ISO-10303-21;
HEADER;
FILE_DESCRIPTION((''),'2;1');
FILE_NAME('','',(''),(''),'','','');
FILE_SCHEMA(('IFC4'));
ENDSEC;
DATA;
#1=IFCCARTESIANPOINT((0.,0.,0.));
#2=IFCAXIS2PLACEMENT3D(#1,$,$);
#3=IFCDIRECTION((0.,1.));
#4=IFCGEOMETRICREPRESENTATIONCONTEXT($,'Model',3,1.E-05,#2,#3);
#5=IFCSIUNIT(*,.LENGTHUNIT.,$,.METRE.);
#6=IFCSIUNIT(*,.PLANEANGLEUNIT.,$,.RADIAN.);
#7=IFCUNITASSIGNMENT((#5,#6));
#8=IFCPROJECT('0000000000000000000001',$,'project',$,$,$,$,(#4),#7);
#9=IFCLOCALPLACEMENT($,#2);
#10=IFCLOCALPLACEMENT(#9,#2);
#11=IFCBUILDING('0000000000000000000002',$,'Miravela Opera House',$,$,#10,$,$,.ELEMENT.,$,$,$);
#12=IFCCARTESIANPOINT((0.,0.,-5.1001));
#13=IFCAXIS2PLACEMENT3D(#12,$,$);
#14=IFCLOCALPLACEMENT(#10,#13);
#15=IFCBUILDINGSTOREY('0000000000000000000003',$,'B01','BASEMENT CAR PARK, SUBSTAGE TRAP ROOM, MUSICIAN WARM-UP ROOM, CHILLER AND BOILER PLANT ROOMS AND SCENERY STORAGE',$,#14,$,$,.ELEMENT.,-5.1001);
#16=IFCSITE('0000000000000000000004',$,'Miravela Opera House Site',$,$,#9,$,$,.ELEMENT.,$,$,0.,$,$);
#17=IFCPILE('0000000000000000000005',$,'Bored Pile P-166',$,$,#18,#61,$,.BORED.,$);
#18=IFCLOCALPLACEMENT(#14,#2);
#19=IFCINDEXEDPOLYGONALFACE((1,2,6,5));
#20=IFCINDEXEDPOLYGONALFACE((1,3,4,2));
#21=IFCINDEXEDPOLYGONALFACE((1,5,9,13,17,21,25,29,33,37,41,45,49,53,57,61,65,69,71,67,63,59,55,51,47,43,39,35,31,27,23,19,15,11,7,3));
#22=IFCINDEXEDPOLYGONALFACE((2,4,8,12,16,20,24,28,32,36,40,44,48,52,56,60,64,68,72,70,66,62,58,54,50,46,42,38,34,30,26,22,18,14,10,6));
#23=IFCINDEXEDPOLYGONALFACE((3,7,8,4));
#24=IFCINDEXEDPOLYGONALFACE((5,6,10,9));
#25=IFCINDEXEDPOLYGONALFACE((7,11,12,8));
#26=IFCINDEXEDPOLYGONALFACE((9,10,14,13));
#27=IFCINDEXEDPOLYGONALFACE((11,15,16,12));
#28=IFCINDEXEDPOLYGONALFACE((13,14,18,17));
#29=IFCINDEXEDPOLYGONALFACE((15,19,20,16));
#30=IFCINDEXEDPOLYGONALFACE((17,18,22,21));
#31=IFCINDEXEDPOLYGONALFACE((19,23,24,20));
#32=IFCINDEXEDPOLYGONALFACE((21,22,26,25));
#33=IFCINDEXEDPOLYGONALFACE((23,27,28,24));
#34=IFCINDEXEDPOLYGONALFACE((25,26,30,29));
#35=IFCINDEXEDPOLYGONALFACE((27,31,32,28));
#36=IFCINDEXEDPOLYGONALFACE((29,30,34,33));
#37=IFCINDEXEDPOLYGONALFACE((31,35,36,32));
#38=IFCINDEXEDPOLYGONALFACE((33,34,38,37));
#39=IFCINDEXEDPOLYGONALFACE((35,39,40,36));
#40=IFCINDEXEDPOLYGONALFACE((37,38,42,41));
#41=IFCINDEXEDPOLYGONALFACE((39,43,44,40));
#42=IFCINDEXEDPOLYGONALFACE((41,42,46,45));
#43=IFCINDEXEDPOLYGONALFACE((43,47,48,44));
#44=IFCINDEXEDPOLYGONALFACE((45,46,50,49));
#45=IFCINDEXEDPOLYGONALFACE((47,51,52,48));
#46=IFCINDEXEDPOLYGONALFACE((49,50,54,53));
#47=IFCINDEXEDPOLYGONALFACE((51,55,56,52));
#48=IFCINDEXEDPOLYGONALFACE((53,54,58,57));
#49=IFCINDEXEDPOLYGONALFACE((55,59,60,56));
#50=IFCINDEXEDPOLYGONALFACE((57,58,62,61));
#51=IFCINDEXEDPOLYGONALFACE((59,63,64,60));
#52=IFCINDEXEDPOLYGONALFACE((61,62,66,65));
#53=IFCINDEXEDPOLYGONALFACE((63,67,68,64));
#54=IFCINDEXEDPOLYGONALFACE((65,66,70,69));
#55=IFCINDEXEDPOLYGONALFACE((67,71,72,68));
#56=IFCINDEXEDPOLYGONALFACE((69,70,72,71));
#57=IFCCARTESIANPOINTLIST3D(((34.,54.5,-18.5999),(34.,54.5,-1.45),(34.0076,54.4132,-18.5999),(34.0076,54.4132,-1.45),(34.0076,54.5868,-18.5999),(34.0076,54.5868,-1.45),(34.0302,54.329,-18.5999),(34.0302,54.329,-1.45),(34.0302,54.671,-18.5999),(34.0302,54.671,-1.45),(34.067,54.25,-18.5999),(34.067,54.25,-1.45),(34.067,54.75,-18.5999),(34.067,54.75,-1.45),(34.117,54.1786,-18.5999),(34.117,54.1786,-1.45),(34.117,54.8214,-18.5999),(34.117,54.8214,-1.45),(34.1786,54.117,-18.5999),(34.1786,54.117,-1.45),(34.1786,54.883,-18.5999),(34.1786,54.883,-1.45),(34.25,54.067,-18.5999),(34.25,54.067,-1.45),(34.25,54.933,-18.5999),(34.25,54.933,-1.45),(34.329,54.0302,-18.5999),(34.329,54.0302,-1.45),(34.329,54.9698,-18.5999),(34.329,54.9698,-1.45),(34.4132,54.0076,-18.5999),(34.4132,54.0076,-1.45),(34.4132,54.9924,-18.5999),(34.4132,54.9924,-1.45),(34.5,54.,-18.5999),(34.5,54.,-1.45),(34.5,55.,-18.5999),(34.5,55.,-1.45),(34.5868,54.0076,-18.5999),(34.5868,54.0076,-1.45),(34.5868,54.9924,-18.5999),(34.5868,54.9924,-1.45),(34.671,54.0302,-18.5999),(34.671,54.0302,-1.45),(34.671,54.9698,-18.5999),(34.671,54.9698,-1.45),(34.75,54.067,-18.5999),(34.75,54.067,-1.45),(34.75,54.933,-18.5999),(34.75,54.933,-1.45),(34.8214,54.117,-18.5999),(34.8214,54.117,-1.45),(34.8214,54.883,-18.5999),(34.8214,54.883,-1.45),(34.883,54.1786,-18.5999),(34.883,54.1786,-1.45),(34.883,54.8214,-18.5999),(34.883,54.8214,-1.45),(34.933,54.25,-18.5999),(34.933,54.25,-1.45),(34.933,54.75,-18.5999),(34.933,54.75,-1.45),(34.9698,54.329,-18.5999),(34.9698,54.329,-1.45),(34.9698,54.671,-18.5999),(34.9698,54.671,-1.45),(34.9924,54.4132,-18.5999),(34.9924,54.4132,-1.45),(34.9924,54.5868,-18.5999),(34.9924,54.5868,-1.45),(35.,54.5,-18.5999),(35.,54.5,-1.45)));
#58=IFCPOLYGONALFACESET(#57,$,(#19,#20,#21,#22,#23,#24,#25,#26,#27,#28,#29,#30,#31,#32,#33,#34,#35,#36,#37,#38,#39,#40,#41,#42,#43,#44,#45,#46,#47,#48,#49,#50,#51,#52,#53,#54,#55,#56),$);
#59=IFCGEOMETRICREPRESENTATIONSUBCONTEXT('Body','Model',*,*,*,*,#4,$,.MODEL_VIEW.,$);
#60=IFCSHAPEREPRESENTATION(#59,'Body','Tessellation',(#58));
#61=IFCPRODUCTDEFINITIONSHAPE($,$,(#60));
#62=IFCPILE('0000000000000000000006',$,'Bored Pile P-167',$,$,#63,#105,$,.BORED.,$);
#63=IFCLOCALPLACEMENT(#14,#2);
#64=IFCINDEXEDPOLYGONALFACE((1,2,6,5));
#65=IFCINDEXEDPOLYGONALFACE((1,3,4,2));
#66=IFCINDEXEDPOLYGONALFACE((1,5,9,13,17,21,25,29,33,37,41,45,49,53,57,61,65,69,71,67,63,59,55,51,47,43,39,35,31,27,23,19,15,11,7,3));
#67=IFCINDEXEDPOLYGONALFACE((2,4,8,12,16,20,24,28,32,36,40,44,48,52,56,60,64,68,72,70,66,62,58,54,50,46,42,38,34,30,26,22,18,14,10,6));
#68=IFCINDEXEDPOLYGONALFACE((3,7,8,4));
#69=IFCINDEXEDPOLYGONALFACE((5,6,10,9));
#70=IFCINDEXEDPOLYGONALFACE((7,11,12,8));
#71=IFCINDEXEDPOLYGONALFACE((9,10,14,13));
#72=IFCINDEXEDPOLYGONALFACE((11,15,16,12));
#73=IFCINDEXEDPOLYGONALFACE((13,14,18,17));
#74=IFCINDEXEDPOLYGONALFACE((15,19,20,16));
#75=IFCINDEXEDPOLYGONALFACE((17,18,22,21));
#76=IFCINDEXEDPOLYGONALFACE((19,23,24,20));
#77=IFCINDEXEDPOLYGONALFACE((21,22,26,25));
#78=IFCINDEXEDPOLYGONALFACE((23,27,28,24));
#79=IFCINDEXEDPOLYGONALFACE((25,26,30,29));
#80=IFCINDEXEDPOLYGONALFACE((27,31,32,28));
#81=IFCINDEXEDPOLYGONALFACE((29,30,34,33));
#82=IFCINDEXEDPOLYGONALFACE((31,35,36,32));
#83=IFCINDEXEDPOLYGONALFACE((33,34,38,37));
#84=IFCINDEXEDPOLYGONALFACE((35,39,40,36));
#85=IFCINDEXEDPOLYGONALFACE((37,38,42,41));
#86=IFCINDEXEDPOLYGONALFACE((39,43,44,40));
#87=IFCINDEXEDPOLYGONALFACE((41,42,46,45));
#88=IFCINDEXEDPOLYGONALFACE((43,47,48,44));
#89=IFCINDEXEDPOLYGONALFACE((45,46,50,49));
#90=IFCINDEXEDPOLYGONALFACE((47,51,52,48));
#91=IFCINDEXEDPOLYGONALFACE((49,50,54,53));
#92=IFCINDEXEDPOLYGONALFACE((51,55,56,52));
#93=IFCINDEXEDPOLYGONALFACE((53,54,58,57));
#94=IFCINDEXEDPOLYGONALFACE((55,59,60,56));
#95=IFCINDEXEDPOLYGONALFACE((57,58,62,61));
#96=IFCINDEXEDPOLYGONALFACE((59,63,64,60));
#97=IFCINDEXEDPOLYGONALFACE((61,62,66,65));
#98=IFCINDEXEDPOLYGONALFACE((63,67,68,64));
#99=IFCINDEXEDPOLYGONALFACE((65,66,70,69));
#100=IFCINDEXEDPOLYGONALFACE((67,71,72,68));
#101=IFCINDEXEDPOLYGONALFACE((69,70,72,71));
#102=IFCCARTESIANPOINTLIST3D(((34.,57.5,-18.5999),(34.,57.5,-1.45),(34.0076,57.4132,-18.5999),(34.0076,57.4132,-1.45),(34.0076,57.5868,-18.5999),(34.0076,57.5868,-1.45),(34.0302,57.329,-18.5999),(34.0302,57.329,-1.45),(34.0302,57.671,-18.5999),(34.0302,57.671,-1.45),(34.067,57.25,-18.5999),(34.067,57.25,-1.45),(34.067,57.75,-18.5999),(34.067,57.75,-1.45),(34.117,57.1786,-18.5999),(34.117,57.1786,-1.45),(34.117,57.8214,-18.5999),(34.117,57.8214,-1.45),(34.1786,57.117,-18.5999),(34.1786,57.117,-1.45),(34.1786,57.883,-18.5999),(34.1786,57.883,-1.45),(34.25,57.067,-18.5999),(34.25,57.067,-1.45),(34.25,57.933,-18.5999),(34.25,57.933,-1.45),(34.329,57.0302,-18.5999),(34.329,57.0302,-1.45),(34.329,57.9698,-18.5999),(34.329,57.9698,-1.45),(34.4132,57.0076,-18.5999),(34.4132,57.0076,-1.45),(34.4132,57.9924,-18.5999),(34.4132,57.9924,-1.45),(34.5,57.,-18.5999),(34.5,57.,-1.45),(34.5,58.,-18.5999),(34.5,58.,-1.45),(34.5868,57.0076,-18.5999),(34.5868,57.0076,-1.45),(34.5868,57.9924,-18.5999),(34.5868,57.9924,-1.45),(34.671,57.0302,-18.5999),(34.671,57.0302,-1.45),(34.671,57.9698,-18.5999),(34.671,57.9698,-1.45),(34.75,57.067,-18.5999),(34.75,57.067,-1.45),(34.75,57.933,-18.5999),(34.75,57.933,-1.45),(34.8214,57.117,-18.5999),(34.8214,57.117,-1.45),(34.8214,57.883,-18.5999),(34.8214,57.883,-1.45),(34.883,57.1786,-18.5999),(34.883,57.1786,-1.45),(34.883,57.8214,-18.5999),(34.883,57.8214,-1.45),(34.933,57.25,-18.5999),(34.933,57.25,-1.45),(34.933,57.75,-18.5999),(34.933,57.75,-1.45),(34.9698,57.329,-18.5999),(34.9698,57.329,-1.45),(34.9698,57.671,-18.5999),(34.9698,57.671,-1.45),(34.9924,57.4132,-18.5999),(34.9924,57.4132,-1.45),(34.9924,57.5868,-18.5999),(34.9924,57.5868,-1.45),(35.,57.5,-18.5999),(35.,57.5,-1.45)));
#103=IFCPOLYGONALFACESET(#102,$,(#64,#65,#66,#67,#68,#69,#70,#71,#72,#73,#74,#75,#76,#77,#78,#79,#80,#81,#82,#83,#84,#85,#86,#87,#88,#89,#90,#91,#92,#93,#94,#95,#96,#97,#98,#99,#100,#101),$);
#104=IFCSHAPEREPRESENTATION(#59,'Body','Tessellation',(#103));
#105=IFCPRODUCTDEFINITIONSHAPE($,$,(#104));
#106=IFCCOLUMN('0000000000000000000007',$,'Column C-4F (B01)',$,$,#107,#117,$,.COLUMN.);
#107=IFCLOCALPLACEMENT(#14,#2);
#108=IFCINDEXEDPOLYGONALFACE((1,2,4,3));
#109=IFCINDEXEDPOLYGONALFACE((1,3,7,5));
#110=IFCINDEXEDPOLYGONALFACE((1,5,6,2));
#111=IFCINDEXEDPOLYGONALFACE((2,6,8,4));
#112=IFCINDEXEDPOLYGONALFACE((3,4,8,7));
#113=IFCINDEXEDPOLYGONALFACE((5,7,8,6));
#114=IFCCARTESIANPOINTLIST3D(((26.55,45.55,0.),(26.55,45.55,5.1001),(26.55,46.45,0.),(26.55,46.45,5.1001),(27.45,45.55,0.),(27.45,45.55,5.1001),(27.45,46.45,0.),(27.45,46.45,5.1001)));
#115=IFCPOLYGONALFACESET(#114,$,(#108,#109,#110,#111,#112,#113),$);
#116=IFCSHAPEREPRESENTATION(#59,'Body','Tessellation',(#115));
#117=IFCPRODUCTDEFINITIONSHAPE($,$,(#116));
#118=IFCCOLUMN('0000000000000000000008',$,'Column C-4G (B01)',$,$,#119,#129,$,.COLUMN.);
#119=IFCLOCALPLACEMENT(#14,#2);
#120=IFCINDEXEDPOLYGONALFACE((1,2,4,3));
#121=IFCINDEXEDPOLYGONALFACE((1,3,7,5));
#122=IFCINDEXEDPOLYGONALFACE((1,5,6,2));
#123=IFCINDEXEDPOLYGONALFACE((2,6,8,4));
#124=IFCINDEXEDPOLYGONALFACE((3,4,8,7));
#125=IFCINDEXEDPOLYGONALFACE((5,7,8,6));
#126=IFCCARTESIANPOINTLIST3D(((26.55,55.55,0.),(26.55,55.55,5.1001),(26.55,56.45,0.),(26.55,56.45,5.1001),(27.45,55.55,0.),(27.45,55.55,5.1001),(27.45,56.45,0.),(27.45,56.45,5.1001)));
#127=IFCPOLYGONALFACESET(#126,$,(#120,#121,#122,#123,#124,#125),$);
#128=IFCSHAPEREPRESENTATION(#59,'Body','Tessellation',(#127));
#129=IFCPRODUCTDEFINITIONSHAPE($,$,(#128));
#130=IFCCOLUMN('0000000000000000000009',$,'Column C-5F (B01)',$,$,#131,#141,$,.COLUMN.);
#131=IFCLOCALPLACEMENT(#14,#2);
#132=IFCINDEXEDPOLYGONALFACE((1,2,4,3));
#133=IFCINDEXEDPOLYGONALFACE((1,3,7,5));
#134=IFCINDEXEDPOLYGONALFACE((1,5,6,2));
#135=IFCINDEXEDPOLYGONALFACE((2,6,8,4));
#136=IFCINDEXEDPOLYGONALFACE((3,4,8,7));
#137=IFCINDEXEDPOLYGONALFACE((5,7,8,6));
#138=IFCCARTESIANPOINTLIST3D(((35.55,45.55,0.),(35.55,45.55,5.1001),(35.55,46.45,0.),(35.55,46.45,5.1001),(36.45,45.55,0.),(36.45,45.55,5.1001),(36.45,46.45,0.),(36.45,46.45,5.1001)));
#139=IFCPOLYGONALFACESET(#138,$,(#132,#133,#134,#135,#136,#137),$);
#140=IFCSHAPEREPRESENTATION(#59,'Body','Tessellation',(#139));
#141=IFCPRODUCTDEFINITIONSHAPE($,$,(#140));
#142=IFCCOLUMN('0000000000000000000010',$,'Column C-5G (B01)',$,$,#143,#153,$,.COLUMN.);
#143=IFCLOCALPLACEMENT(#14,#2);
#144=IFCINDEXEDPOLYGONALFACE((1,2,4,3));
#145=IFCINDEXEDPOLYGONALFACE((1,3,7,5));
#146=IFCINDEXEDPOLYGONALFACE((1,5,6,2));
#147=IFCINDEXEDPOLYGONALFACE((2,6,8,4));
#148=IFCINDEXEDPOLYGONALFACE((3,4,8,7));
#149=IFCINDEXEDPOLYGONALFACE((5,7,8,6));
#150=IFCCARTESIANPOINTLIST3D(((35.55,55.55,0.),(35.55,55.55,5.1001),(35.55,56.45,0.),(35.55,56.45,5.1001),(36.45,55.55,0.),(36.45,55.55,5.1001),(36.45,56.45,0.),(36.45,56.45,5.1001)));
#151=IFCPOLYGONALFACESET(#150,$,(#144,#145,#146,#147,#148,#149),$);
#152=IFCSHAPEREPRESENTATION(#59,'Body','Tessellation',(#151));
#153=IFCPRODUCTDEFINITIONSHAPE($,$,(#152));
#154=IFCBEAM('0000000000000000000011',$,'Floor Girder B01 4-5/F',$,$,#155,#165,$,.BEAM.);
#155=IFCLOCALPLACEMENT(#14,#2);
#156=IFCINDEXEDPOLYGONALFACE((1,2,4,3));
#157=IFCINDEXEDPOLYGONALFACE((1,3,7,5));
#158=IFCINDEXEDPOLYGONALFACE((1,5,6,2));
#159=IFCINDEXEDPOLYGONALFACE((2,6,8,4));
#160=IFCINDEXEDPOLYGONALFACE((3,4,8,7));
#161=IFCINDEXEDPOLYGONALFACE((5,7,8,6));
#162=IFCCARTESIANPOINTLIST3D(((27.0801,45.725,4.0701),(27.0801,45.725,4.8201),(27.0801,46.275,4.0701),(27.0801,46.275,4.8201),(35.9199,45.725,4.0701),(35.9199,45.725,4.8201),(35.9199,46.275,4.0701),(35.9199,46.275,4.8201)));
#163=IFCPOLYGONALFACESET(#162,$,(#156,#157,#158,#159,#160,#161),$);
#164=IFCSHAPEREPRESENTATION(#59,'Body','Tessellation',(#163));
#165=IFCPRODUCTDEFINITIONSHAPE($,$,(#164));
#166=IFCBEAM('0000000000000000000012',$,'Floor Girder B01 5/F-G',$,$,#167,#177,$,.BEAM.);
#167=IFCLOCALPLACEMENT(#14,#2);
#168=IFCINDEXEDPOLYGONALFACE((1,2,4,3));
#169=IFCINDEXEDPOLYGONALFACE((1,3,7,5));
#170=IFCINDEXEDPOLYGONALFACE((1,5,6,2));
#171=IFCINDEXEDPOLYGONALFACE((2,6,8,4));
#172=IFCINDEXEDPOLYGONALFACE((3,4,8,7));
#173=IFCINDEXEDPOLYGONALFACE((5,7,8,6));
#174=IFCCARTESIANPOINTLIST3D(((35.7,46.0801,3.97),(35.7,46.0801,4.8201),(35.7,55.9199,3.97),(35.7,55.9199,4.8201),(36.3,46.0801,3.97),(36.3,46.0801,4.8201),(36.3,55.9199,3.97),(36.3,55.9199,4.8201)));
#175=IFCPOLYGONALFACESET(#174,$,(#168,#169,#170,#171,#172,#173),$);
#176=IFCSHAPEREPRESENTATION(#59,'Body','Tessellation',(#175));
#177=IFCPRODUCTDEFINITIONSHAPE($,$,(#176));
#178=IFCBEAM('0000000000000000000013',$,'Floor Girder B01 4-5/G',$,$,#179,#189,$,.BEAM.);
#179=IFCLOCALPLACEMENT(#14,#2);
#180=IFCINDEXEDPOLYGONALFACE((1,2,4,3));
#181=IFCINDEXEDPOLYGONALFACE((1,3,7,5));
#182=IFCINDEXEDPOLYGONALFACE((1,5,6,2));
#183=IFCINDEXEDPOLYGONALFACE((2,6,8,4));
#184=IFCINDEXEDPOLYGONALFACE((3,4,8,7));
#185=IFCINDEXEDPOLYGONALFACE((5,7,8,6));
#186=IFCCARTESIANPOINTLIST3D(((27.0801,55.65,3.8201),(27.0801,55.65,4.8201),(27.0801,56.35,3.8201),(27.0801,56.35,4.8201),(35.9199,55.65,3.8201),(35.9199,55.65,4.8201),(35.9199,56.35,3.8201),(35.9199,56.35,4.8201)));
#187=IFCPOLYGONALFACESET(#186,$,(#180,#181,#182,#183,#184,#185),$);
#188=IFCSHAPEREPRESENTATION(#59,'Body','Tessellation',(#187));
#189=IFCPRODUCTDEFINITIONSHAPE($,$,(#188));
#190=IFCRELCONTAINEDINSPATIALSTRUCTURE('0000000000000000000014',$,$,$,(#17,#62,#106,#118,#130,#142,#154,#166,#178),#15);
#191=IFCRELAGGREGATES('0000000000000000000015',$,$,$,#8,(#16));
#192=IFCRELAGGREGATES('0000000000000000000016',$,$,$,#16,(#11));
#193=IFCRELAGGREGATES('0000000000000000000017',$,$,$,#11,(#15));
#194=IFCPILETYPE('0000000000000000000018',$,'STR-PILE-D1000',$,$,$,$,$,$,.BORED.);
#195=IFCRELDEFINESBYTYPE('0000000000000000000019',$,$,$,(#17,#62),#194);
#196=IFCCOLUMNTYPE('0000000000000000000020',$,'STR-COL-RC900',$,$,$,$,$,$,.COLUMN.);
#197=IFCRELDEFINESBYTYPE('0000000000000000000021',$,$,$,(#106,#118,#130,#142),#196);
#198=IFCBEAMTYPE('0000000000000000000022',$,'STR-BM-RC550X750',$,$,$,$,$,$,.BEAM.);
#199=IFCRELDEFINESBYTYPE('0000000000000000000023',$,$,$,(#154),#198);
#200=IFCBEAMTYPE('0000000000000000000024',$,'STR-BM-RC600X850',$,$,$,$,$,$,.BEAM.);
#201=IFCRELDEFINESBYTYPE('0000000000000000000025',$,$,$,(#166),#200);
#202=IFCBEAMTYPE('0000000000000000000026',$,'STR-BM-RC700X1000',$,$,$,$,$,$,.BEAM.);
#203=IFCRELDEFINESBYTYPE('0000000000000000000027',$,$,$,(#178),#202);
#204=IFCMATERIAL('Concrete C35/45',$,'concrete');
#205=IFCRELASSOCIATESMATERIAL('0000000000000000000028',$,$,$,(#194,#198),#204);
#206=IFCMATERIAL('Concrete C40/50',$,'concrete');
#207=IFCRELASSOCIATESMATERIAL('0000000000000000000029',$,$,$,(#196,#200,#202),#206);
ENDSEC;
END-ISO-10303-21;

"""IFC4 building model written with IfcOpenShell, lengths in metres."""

from ifc_helpers import new_model, si_unit, direction, frame, origin, origin_2d, place, context, subcontext, project, spatial, rectangle, circle, extrude, material, material_profile, profile_set, type_object, element, save


model = new_model("IFC4")

# Units and contexts
model_context = context("Model", 3, precision=1e-05, world=origin(), true_north=direction((0.0, 1.0)))
body_context = subcontext(model_context, "Body", "Model", "MODEL_VIEW")
ifc_project = project(units=[si_unit("LENGTHUNIT", "METRE"), si_unit("PLANEANGLEUNIT", "RADIAN")], contexts=[model_context])

# Site, building, storey
site_placement = place(None, origin())
site = spatial("IfcSite", under=ifc_project, at=site_placement, Name="Miravela Opera House Site", CompositionType="ELEMENT", RefElevation=0.0)
building_placement = place(site_placement, origin())
building = spatial("IfcBuilding", under=site, at=building_placement, Name="Miravela Opera House", CompositionType="ELEMENT")
storey_placement = place(building_placement, frame((0.0, 0.0, -5.1001)))
storey = spatial("IfcBuildingStorey", under=building, at=storey_placement, Name="B01", Description="BASEMENT CAR PARK, SUBSTAGE TRAP ROOM, MUSICIAN WARM-UP ROOM, CHILLER AND BOILER PLANT ROOMS AND SCENERY STORAGE", CompositionType="ELEMENT", Elevation=-5.1001)

# Shared definitions
ifc_material_1 = material(Name="Concrete C35/45", Category="concrete")

# Piles
ifc_material_profile_1 = material_profile(ifc_material_1, circle(Radius=0.5, at=origin_2d()), Name="PILE-D1000")
ifc_profile_set_1 = profile_set([ifc_material_profile_1])
pile_type = type_object("IfcPileType", Name="STR-PILE-D1000", PredefinedType="BORED", material=ifc_profile_set_1)
for number, where, z_axis, x_axis, name in (
    (1, (34.5, 54.5, -1.45), (0.0, 0.0, -1.0), (1.0, 0.0, 0.0), "Bored Pile P-166"),
    (2, (34.5, 57.5, -1.45), (0.0, 0.0, -1.0), (1.0, 0.0, 0.0), "Bored Pile P-167"),
):
    element("IfcPile", number, at=place(storey_placement, frame(where, z_axis=z_axis, x_axis=x_axis)), inside=storey, type_object=pile_type, Name=name, PredefinedType="BORED", context=body_context, shape_type="SweptSolid", body=[
        extrude(circle(Radius=0.5, at=origin_2d()), origin(), (0.0, 0.0, 1.0), 17.1499),
    ])

# Columns
ifc_material_2 = material(Name="Concrete C40/50", Category="concrete")
ifc_material_profile_2 = material_profile(ifc_material_2, rectangle(XDim=0.8999, YDim=0.8999, at=origin_2d()), Name="RC-COL-900X900")
ifc_profile_set_2 = profile_set([ifc_material_profile_2])
column_type = type_object("IfcColumnType", Name="STR-COL-RC900", PredefinedType="COLUMN", material=ifc_profile_set_2)
for number, where, z_axis, x_axis, name in (
    (3, (27.0, 46.0, 0.0), (0.0, 0.0, 1.0), (1.0, 0.0, 0.0), "Column C-4F (B01)"),
    (4, (27.0, 56.0, 0.0), (0.0, 0.0, 1.0), (1.0, 0.0, 0.0), "Column C-4G (B01)"),
    (5, (36.0, 46.0, 0.0), (0.0, 0.0, 1.0), (1.0, 0.0, 0.0), "Column C-5F (B01)"),
    (6, (36.0, 56.0, 0.0), (0.0, 0.0, 1.0), (1.0, 0.0, 0.0), "Column C-5G (B01)"),
):
    element("IfcColumn", number, at=place(storey_placement, frame(where, z_axis=z_axis, x_axis=x_axis)), inside=storey, type_object=column_type, Name=name, PredefinedType="COLUMN", context=body_context, shape_type="SweptSolid", body=[
        extrude(rectangle(XDim=0.8999, YDim=0.8999, at=origin_2d()), origin(), (0.0, 0.0, 1.0), 5.1001),
    ])

# Beams
ifc_material_profile_3 = material_profile(ifc_material_1, rectangle(XDim=0.55, YDim=0.75, at=origin_2d()), Name="RC-BM-550X750")
ifc_profile_set_3 = profile_set([ifc_material_profile_3])
beam_type_1 = type_object("IfcBeamType", Name="STR-BM-RC550X750", PredefinedType="BEAM", material=ifc_profile_set_3)
beam_1_placement = place(storey_placement, frame((27.0801, 46.0, 4.4451), z_axis=(1.0, 0.0, 0.0), x_axis=(0.0, 1.0, 0.0)))
element("IfcBeam", 7, at=beam_1_placement, inside=storey, type_object=beam_type_1, Name="Floor Girder B01 4-5/F", PredefinedType="BEAM", context=body_context, shape_type="SweptSolid", body=[
    extrude(rectangle(XDim=0.55, YDim=0.75, at=origin_2d()), origin(), (0.0, 0.0, 1.0), 8.8398),
])
ifc_material_profile_4 = material_profile(ifc_material_2, rectangle(XDim=0.6001, YDim=0.8501, at=origin_2d()), Name="RC-BM-600X850")
ifc_profile_set_4 = profile_set([ifc_material_profile_4])
beam_type_2 = type_object("IfcBeamType", Name="STR-BM-RC600X850", PredefinedType="BEAM", material=ifc_profile_set_4)
beam_2_placement = place(storey_placement, frame((36.0, 46.0801, 4.395), z_axis=(0.0, 1.0, 0.0), x_axis=(-1.0, 0.0, 0.0)))
element("IfcBeam", 8, at=beam_2_placement, inside=storey, type_object=beam_type_2, Name="Floor Girder B01 5/F-G", PredefinedType="BEAM", context=body_context, shape_type="SweptSolid", body=[
    extrude(rectangle(XDim=0.6001, YDim=0.8501, at=origin_2d()), origin(), (0.0, 0.0, 1.0), 9.8398),
])
ifc_material_profile_5 = material_profile(ifc_material_2, rectangle(XDim=0.7, YDim=1.0, at=origin_2d()), Name="RC-BM-700X1000")
ifc_profile_set_5 = profile_set([ifc_material_profile_5])
beam_type_3 = type_object("IfcBeamType", Name="STR-BM-RC700X1000", PredefinedType="BEAM", material=ifc_profile_set_5)
beam_3_placement = place(storey_placement, frame((27.0801, 56.0, 4.3201), z_axis=(1.0, 0.0, 0.0), x_axis=(0.0, 1.0, 0.0)))
element("IfcBeam", 9, at=beam_3_placement, inside=storey, type_object=beam_type_3, Name="Floor Girder B01 4-5/G", PredefinedType="BEAM", context=body_context, shape_type="SweptSolid", body=[
    extrude(rectangle(XDim=0.7, YDim=1.0, at=origin_2d()), origin(), (0.0, 0.0, 1.0), 8.8398),
])

save(model, "model.ifc")
